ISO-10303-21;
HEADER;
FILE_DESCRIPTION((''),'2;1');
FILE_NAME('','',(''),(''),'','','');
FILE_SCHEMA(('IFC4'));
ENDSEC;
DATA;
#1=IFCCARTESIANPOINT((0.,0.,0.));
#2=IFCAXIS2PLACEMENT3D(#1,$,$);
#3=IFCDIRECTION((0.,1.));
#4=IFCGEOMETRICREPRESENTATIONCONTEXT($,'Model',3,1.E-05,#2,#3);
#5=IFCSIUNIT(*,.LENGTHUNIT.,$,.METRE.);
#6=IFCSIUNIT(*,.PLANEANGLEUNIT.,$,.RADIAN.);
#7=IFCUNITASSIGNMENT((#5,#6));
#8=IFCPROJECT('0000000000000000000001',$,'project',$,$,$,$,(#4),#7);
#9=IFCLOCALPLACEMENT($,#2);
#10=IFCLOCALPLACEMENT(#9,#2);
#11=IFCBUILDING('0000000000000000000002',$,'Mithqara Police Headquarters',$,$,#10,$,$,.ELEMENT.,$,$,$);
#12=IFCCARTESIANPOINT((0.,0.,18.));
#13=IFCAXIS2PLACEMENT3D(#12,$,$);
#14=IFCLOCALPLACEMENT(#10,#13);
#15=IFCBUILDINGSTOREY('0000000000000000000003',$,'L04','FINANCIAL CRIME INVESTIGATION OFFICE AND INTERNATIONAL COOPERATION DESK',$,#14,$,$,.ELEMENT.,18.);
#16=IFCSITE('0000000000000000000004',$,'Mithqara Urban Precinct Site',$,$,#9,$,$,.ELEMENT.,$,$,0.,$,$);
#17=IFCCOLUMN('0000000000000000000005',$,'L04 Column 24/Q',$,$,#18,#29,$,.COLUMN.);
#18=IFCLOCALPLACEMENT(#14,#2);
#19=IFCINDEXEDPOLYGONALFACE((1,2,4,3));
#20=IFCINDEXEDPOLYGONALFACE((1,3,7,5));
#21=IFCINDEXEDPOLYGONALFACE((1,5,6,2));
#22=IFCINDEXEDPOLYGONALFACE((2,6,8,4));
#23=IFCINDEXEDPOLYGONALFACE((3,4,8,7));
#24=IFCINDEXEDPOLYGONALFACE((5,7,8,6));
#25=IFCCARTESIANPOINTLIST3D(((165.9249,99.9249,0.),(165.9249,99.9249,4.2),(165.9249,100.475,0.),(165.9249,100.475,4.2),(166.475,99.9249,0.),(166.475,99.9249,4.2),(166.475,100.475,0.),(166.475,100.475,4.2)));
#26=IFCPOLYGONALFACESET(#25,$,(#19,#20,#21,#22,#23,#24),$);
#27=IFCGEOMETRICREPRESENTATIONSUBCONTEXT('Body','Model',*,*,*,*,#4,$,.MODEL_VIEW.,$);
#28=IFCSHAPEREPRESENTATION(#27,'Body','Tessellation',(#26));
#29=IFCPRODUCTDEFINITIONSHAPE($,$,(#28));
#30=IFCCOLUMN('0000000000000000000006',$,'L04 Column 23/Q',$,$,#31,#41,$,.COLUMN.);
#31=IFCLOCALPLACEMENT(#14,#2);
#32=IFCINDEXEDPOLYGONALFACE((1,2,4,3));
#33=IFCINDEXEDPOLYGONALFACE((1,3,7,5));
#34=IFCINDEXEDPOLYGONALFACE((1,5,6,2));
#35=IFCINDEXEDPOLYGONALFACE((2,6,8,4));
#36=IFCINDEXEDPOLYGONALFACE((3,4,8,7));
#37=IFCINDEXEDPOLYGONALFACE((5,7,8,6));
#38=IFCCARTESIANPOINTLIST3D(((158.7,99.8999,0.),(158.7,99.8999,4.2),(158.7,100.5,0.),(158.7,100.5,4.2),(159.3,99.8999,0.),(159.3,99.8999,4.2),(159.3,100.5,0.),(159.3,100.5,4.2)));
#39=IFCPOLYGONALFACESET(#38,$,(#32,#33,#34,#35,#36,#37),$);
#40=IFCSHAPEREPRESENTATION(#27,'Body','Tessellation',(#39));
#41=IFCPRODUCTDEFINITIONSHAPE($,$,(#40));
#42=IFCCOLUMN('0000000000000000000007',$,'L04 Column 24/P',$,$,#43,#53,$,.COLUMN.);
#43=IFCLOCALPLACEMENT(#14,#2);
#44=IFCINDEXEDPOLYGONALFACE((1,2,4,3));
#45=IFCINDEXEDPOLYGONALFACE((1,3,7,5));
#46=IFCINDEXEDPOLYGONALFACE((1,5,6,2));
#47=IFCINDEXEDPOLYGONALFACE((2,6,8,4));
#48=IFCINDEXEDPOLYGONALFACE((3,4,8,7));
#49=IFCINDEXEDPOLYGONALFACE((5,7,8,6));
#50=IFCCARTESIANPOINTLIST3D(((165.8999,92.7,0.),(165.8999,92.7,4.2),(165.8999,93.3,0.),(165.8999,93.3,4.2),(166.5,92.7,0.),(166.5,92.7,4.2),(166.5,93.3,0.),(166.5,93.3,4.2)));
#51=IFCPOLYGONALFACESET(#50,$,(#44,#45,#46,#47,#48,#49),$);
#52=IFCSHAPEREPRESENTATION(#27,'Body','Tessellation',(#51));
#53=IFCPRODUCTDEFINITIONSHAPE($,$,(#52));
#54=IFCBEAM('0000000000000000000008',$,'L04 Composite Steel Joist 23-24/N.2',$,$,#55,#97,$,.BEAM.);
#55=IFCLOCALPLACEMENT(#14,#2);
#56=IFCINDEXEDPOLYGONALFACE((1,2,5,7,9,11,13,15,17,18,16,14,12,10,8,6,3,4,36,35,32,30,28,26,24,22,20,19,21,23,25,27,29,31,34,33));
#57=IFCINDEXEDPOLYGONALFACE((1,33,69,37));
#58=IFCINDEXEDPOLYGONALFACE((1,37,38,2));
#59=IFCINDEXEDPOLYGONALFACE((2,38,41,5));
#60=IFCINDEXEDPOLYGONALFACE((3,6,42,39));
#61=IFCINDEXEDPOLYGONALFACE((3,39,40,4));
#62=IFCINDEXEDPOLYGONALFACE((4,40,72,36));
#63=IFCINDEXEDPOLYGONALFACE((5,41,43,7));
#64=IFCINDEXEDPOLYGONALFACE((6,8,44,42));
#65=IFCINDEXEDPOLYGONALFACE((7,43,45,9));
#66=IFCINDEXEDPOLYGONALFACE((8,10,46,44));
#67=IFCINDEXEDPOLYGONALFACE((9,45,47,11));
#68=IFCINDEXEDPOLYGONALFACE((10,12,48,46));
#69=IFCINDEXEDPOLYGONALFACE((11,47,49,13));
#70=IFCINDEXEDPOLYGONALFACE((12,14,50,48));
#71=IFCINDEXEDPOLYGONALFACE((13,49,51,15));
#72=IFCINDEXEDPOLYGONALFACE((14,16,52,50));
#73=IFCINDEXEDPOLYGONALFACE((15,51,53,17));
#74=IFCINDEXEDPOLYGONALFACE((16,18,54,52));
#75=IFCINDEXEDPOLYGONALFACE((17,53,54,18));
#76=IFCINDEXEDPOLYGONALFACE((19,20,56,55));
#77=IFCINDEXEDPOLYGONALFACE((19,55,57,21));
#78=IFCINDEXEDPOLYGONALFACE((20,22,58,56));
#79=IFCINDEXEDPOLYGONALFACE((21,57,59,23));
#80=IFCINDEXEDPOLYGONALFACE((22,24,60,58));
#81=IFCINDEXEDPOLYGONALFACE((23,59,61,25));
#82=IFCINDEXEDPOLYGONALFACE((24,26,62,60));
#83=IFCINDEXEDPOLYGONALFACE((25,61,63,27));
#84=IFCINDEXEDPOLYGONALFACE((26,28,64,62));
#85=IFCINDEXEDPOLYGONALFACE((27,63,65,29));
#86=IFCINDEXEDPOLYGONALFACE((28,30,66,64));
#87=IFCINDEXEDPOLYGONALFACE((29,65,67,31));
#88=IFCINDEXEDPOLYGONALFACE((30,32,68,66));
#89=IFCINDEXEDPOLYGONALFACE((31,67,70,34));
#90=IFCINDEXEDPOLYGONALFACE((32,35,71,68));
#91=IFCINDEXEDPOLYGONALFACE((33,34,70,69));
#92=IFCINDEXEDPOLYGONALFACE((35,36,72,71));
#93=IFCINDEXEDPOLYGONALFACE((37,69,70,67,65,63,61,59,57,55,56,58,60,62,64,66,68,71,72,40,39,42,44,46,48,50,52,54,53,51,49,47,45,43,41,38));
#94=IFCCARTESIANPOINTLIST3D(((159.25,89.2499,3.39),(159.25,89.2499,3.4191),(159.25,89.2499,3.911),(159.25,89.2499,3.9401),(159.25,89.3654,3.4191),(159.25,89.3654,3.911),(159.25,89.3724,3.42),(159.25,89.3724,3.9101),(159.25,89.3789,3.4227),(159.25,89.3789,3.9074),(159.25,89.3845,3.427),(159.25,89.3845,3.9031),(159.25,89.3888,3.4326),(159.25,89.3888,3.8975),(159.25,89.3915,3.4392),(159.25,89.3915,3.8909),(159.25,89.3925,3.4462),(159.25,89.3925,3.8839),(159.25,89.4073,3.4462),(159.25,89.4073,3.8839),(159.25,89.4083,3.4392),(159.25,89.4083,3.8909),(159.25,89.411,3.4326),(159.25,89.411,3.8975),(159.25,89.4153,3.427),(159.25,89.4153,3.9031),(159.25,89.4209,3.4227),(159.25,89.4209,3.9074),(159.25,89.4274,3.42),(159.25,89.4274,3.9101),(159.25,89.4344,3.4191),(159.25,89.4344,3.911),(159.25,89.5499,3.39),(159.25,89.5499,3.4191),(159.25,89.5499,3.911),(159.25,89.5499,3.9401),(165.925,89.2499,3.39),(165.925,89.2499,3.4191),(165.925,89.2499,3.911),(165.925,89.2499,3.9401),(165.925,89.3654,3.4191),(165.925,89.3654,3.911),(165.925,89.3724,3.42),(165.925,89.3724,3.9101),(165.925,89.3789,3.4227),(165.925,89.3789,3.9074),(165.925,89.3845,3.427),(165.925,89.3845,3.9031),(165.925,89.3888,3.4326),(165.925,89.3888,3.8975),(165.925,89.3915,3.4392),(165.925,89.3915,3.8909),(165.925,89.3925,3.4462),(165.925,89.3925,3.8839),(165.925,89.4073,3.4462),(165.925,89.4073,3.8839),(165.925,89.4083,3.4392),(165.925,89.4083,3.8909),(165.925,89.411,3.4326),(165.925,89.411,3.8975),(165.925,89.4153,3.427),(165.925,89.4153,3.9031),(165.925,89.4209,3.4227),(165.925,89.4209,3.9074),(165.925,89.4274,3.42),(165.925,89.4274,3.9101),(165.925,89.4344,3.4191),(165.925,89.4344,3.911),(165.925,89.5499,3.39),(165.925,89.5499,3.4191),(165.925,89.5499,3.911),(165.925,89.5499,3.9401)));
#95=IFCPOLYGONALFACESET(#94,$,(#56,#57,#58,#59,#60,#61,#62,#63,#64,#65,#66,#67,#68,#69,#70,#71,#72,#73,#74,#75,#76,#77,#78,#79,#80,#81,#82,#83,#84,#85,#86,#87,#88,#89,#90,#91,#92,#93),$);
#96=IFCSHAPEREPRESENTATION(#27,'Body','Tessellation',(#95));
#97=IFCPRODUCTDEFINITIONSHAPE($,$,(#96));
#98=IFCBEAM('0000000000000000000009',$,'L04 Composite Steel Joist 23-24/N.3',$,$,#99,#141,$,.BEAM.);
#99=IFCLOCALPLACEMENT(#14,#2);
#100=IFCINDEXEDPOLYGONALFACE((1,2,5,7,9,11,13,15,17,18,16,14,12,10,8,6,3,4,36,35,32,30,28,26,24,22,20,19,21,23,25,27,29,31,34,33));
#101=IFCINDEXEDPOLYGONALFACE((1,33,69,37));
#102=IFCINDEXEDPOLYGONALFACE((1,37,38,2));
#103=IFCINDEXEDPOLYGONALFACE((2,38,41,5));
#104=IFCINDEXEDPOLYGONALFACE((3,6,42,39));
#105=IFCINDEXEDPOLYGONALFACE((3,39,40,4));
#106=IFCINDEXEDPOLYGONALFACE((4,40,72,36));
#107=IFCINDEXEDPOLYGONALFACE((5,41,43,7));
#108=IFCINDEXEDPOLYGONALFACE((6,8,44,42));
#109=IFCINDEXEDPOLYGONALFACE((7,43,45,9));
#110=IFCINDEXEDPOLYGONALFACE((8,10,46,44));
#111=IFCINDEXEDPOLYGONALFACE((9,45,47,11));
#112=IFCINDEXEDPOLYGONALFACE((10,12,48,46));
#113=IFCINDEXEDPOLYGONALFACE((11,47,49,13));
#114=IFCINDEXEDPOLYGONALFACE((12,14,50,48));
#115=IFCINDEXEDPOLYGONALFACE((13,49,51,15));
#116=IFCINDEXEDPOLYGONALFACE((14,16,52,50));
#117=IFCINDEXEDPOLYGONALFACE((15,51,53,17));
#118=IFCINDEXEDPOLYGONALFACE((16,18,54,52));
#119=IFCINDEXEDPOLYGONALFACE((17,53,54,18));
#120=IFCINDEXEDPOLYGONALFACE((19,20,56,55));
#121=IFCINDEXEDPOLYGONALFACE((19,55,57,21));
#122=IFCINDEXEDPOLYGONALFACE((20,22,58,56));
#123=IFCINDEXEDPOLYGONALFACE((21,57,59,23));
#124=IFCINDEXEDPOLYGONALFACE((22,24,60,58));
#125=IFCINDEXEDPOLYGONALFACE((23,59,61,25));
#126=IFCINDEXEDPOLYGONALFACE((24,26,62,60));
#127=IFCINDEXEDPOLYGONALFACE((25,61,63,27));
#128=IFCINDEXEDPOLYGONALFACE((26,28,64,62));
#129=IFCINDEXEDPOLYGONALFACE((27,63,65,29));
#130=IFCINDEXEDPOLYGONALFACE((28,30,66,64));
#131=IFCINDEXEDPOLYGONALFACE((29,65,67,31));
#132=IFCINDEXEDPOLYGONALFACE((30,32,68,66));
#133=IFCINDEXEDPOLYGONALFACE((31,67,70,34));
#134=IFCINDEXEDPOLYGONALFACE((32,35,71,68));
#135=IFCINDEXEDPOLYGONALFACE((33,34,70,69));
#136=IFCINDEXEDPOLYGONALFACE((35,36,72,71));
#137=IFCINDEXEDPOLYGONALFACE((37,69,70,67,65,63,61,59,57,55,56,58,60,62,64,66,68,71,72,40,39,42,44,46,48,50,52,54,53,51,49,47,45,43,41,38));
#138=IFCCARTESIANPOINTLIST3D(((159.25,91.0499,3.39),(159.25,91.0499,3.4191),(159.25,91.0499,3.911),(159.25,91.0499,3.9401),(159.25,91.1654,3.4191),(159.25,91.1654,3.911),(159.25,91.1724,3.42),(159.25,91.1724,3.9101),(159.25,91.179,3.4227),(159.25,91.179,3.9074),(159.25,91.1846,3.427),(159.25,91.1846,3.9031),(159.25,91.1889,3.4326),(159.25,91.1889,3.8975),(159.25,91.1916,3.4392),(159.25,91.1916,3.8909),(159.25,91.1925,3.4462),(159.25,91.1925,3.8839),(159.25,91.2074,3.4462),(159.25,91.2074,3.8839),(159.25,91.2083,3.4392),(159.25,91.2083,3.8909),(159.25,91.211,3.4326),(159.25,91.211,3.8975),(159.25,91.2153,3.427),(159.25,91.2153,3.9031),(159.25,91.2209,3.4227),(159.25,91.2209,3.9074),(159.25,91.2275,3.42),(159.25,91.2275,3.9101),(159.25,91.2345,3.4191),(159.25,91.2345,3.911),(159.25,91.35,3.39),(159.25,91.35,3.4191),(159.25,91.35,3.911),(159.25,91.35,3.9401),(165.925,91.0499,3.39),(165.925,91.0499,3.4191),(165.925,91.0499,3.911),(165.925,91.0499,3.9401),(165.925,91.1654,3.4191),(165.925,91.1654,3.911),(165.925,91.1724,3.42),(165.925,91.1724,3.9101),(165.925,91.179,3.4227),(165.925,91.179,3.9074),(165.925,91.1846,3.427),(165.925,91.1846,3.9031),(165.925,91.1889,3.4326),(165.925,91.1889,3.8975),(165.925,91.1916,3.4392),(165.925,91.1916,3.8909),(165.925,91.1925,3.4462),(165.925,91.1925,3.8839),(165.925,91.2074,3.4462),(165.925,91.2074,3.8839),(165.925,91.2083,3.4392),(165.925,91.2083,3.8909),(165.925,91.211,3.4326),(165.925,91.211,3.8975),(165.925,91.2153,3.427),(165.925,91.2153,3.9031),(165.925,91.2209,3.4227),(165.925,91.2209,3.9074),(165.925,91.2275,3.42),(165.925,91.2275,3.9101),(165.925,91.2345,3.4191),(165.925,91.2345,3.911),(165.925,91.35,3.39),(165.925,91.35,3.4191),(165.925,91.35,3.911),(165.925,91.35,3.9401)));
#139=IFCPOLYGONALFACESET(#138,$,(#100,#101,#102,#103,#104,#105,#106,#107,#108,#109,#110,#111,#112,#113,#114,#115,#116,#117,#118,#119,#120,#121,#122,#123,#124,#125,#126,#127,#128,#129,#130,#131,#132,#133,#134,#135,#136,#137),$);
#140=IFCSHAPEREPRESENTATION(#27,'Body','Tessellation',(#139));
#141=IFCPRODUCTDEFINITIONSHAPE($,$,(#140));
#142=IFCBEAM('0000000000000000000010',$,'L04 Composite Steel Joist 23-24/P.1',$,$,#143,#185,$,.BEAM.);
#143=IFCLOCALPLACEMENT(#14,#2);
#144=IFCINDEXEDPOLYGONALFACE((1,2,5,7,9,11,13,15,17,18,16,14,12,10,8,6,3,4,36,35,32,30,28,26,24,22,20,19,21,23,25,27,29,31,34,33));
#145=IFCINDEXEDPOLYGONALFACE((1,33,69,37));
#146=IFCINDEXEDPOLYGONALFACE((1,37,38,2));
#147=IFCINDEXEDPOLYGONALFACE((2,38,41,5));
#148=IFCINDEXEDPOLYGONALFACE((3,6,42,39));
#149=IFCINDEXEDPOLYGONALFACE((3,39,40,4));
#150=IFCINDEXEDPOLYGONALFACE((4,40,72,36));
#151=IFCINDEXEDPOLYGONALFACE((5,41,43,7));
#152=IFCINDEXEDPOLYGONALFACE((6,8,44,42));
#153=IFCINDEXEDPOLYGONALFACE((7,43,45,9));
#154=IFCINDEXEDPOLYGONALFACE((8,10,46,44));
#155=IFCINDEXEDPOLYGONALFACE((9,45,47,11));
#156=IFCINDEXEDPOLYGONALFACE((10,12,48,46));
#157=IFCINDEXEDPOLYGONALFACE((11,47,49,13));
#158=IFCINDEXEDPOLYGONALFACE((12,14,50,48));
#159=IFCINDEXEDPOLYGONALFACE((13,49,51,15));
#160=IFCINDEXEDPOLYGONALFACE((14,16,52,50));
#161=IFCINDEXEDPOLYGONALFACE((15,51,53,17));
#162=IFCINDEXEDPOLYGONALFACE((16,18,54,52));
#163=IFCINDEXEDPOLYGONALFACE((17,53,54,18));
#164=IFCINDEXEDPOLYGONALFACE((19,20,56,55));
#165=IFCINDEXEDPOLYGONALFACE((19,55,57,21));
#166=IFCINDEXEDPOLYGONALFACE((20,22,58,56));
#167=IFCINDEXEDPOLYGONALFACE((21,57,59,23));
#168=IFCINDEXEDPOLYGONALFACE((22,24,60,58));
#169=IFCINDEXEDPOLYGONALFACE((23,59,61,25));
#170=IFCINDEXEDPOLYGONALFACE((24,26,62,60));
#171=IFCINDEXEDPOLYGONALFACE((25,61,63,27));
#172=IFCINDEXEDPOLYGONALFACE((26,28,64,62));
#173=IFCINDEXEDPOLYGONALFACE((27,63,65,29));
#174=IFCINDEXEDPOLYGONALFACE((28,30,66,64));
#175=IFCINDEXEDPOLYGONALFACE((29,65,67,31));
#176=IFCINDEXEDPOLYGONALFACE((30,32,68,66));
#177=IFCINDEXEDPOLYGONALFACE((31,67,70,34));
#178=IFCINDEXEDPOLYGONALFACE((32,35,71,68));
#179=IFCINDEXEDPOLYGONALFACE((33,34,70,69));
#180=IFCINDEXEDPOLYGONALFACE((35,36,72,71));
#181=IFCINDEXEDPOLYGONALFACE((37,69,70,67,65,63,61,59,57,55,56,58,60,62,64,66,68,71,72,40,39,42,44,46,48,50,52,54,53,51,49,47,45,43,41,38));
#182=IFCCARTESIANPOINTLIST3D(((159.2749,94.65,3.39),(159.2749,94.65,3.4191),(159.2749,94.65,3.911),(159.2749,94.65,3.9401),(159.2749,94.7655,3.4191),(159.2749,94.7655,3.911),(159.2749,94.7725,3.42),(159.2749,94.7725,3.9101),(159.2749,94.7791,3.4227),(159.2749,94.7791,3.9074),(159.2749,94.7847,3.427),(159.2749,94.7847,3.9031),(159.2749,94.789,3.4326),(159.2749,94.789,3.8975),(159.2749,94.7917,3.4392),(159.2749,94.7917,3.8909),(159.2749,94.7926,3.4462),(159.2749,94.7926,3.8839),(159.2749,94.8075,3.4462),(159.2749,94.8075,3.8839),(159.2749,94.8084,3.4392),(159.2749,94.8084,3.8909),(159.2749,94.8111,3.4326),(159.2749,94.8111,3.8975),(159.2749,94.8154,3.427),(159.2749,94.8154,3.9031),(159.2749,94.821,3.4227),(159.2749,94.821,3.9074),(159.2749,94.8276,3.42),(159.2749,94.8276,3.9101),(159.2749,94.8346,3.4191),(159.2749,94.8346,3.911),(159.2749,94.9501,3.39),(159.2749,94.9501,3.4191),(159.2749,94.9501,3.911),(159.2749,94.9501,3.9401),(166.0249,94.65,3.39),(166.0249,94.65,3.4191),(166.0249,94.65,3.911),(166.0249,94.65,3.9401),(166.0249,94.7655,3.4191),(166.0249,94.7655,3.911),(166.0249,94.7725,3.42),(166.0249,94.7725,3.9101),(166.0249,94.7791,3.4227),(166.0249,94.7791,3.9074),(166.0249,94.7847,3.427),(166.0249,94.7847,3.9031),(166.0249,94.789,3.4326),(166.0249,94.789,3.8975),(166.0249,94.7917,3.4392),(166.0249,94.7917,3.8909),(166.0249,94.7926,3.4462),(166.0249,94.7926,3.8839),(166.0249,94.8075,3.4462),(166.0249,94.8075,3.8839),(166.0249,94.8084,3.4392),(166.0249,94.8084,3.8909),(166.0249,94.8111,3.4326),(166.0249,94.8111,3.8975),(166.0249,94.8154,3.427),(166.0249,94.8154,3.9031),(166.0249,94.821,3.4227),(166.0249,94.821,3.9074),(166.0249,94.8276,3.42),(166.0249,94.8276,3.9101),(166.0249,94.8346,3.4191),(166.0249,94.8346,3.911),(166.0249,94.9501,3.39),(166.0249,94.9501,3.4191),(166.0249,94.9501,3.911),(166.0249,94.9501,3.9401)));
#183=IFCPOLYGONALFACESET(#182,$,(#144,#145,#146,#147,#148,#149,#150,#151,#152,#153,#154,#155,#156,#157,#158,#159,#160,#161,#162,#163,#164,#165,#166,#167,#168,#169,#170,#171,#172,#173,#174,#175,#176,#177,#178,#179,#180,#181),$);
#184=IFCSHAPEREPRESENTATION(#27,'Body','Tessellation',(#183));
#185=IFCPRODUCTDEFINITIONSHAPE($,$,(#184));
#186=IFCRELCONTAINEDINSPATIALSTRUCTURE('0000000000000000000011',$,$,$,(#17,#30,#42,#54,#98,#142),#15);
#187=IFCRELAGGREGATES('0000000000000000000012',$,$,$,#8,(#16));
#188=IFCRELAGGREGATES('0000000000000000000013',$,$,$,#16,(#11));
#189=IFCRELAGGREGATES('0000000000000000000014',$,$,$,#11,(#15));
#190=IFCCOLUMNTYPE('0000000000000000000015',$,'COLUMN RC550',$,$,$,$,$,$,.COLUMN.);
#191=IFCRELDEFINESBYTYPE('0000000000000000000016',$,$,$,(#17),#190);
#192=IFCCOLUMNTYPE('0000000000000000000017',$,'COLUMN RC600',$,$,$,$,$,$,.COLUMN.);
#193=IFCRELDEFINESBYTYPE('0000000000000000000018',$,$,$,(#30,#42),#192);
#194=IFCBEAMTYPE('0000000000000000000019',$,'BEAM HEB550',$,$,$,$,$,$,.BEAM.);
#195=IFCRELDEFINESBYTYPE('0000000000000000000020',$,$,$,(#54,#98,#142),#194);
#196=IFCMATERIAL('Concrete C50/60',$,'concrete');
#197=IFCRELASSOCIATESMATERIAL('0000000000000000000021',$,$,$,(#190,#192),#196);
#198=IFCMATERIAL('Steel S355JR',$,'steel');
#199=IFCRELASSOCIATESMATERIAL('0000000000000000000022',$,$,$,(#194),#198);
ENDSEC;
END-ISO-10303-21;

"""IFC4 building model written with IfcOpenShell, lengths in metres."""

from ifc_helpers import new_model, si_unit, direction, frame, origin, origin_2d, place, context, subcontext, project, spatial, rectangle, i_section, extrude, material, material_profile, profile_set, type_object, element, save


model = new_model("IFC4")

# Units and contexts
model_context = context("Model", 3, precision=1e-05, world=origin(), true_north=direction((0.0, 1.0)))
body_context = subcontext(model_context, "Body", "Model", "MODEL_VIEW")
ifc_project = project(units=[si_unit("LENGTHUNIT", "METRE"), si_unit("PLANEANGLEUNIT", "RADIAN")], contexts=[model_context])

# Site, building, storey
site_placement = place(None, origin())
site = spatial("IfcSite", under=ifc_project, at=site_placement, Name="Mithqara Urban Precinct Site", CompositionType="ELEMENT", RefElevation=0.0)
building_placement = place(site_placement, origin())
building = spatial("IfcBuilding", under=site, at=building_placement, Name="Mithqara Police Headquarters", CompositionType="ELEMENT")
storey_placement = place(building_placement, frame((0.0, 0.0, 18.0)))
storey = spatial("IfcBuildingStorey", under=building, at=storey_placement, Name="L04", Description="FINANCIAL CRIME INVESTIGATION OFFICE AND INTERNATIONAL COOPERATION DESK", CompositionType="ELEMENT", Elevation=18.0)

# Columns
ifc_material_1 = material(Name="Concrete C50/60", Category="concrete")
ifc_material_profile_1 = material_profile(ifc_material_1, rectangle(XDim=0.55, YDim=0.55, at=origin_2d()), Name="RC 550x550")
ifc_profile_set_1 = profile_set([ifc_material_profile_1], Name="Concrete C50/60")
column_type_1 = type_object("IfcColumnType", Name="COLUMN RC550", PredefinedType="COLUMN", material=ifc_profile_set_1)
column_placement = place(storey_placement, frame((166.2, 100.2, 0.0), z_axis=(0.0, 0.0, 1.0), x_axis=(1.0, 0.0, 0.0)))
element("IfcColumn", 1, at=column_placement, inside=storey, type_object=column_type_1, Name="L04 Column 24/Q", PredefinedType="COLUMN", context=body_context, shape_type="SweptSolid", body=[
    extrude(rectangle(XDim=0.55, YDim=0.55, at=origin_2d()), origin(), (0.0, 0.0, 1.0), 4.2),
])
ifc_material_profile_2 = material_profile(ifc_material_1, rectangle(XDim=0.6001, YDim=0.6001, at=origin_2d()), Name="RC 600x600")
ifc_profile_set_2 = profile_set([ifc_material_profile_2], Name="Concrete C50/60")
column_type_2 = type_object("IfcColumnType", Name="COLUMN RC600", PredefinedType="COLUMN", material=ifc_profile_set_2)
for number, where, z_axis, x_axis, name in (
    (2, (159.0, 100.2, 0.0), (0.0, 0.0, 1.0), (1.0, 0.0, 0.0), "L04 Column 23/Q"),
    (3, (166.2, 93.0, 0.0), (0.0, 0.0, 1.0), (1.0, 0.0, 0.0), "L04 Column 24/P"),
):
    element("IfcColumn", number, at=place(storey_placement, frame(where, z_axis=z_axis, x_axis=x_axis)), inside=storey, type_object=column_type_2, Name=name, PredefinedType="COLUMN", context=body_context, shape_type="SweptSolid", body=[
        extrude(rectangle(XDim=0.6001, YDim=0.6001, at=origin_2d()), origin(), (0.0, 0.0, 1.0), 4.2),
    ])

# Beams
ifc_material_2 = material(Name="Steel S355JR", Category="steel")
ifc_material_profile_3 = material_profile(ifc_material_2, i_section(OverallWidth=0.3, OverallDepth=0.55, WebThickness=0.0149, FlangeThickness=0.0291, FilletRadius=0.0271, at=origin_2d()), Name="HEB 550")
ifc_profile_set_3 = profile_set([ifc_material_profile_3], Name="Steel S355JR")
beam_type_1 = type_object("IfcBeamType", Name="BEAM HEB550", PredefinedType="BEAM", material=ifc_profile_set_3)
for number, where, z_axis, x_axis, name in (
    (4, (159.25, 89.3999, 3.665), (1.0, 0.0, 0.0), (0.0, 1.0, 0.0), "L04 Composite Steel Joist 23-24/N.2"),
    (5, (159.25, 91.2, 3.665), (1.0, 0.0, 0.0), (0.0, 1.0, 0.0), "L04 Composite Steel Joist 23-24/N.3"),
):
    element("IfcBeam", number, at=place(storey_placement, frame(where, z_axis=z_axis, x_axis=x_axis)), inside=storey, type_object=beam_type_1, Name=name, PredefinedType="BEAM", context=body_context, shape_type="SweptSolid", body=[
        extrude(i_section(OverallWidth=0.3, OverallDepth=0.55, WebThickness=0.0149, FlangeThickness=0.0291, FilletRadius=0.0271, at=origin_2d()), origin(), (0.0, 0.0, 1.0), 6.675),
    ])
for number, where, z_axis, x_axis, name in (
    (6, (159.2749, 94.8, 3.665), (1.0, 0.0, 0.0), (0.0, 1.0, 0.0), "L04 Composite Steel Joist 23-24/P.1"),
):
    element("IfcBeam", number, at=place(storey_placement, frame(where, z_axis=z_axis, x_axis=x_axis)), inside=storey, type_object=beam_type_1, Name=name, PredefinedType="BEAM", context=body_context, shape_type="SweptSolid", body=[
        extrude(i_section(OverallWidth=0.3, OverallDepth=0.55, WebThickness=0.0149, FlangeThickness=0.0291, FilletRadius=0.0271, at=origin_2d()), origin(), (0.0, 0.0, 1.0), 6.75),
    ])

save(model, "model.ifc")
